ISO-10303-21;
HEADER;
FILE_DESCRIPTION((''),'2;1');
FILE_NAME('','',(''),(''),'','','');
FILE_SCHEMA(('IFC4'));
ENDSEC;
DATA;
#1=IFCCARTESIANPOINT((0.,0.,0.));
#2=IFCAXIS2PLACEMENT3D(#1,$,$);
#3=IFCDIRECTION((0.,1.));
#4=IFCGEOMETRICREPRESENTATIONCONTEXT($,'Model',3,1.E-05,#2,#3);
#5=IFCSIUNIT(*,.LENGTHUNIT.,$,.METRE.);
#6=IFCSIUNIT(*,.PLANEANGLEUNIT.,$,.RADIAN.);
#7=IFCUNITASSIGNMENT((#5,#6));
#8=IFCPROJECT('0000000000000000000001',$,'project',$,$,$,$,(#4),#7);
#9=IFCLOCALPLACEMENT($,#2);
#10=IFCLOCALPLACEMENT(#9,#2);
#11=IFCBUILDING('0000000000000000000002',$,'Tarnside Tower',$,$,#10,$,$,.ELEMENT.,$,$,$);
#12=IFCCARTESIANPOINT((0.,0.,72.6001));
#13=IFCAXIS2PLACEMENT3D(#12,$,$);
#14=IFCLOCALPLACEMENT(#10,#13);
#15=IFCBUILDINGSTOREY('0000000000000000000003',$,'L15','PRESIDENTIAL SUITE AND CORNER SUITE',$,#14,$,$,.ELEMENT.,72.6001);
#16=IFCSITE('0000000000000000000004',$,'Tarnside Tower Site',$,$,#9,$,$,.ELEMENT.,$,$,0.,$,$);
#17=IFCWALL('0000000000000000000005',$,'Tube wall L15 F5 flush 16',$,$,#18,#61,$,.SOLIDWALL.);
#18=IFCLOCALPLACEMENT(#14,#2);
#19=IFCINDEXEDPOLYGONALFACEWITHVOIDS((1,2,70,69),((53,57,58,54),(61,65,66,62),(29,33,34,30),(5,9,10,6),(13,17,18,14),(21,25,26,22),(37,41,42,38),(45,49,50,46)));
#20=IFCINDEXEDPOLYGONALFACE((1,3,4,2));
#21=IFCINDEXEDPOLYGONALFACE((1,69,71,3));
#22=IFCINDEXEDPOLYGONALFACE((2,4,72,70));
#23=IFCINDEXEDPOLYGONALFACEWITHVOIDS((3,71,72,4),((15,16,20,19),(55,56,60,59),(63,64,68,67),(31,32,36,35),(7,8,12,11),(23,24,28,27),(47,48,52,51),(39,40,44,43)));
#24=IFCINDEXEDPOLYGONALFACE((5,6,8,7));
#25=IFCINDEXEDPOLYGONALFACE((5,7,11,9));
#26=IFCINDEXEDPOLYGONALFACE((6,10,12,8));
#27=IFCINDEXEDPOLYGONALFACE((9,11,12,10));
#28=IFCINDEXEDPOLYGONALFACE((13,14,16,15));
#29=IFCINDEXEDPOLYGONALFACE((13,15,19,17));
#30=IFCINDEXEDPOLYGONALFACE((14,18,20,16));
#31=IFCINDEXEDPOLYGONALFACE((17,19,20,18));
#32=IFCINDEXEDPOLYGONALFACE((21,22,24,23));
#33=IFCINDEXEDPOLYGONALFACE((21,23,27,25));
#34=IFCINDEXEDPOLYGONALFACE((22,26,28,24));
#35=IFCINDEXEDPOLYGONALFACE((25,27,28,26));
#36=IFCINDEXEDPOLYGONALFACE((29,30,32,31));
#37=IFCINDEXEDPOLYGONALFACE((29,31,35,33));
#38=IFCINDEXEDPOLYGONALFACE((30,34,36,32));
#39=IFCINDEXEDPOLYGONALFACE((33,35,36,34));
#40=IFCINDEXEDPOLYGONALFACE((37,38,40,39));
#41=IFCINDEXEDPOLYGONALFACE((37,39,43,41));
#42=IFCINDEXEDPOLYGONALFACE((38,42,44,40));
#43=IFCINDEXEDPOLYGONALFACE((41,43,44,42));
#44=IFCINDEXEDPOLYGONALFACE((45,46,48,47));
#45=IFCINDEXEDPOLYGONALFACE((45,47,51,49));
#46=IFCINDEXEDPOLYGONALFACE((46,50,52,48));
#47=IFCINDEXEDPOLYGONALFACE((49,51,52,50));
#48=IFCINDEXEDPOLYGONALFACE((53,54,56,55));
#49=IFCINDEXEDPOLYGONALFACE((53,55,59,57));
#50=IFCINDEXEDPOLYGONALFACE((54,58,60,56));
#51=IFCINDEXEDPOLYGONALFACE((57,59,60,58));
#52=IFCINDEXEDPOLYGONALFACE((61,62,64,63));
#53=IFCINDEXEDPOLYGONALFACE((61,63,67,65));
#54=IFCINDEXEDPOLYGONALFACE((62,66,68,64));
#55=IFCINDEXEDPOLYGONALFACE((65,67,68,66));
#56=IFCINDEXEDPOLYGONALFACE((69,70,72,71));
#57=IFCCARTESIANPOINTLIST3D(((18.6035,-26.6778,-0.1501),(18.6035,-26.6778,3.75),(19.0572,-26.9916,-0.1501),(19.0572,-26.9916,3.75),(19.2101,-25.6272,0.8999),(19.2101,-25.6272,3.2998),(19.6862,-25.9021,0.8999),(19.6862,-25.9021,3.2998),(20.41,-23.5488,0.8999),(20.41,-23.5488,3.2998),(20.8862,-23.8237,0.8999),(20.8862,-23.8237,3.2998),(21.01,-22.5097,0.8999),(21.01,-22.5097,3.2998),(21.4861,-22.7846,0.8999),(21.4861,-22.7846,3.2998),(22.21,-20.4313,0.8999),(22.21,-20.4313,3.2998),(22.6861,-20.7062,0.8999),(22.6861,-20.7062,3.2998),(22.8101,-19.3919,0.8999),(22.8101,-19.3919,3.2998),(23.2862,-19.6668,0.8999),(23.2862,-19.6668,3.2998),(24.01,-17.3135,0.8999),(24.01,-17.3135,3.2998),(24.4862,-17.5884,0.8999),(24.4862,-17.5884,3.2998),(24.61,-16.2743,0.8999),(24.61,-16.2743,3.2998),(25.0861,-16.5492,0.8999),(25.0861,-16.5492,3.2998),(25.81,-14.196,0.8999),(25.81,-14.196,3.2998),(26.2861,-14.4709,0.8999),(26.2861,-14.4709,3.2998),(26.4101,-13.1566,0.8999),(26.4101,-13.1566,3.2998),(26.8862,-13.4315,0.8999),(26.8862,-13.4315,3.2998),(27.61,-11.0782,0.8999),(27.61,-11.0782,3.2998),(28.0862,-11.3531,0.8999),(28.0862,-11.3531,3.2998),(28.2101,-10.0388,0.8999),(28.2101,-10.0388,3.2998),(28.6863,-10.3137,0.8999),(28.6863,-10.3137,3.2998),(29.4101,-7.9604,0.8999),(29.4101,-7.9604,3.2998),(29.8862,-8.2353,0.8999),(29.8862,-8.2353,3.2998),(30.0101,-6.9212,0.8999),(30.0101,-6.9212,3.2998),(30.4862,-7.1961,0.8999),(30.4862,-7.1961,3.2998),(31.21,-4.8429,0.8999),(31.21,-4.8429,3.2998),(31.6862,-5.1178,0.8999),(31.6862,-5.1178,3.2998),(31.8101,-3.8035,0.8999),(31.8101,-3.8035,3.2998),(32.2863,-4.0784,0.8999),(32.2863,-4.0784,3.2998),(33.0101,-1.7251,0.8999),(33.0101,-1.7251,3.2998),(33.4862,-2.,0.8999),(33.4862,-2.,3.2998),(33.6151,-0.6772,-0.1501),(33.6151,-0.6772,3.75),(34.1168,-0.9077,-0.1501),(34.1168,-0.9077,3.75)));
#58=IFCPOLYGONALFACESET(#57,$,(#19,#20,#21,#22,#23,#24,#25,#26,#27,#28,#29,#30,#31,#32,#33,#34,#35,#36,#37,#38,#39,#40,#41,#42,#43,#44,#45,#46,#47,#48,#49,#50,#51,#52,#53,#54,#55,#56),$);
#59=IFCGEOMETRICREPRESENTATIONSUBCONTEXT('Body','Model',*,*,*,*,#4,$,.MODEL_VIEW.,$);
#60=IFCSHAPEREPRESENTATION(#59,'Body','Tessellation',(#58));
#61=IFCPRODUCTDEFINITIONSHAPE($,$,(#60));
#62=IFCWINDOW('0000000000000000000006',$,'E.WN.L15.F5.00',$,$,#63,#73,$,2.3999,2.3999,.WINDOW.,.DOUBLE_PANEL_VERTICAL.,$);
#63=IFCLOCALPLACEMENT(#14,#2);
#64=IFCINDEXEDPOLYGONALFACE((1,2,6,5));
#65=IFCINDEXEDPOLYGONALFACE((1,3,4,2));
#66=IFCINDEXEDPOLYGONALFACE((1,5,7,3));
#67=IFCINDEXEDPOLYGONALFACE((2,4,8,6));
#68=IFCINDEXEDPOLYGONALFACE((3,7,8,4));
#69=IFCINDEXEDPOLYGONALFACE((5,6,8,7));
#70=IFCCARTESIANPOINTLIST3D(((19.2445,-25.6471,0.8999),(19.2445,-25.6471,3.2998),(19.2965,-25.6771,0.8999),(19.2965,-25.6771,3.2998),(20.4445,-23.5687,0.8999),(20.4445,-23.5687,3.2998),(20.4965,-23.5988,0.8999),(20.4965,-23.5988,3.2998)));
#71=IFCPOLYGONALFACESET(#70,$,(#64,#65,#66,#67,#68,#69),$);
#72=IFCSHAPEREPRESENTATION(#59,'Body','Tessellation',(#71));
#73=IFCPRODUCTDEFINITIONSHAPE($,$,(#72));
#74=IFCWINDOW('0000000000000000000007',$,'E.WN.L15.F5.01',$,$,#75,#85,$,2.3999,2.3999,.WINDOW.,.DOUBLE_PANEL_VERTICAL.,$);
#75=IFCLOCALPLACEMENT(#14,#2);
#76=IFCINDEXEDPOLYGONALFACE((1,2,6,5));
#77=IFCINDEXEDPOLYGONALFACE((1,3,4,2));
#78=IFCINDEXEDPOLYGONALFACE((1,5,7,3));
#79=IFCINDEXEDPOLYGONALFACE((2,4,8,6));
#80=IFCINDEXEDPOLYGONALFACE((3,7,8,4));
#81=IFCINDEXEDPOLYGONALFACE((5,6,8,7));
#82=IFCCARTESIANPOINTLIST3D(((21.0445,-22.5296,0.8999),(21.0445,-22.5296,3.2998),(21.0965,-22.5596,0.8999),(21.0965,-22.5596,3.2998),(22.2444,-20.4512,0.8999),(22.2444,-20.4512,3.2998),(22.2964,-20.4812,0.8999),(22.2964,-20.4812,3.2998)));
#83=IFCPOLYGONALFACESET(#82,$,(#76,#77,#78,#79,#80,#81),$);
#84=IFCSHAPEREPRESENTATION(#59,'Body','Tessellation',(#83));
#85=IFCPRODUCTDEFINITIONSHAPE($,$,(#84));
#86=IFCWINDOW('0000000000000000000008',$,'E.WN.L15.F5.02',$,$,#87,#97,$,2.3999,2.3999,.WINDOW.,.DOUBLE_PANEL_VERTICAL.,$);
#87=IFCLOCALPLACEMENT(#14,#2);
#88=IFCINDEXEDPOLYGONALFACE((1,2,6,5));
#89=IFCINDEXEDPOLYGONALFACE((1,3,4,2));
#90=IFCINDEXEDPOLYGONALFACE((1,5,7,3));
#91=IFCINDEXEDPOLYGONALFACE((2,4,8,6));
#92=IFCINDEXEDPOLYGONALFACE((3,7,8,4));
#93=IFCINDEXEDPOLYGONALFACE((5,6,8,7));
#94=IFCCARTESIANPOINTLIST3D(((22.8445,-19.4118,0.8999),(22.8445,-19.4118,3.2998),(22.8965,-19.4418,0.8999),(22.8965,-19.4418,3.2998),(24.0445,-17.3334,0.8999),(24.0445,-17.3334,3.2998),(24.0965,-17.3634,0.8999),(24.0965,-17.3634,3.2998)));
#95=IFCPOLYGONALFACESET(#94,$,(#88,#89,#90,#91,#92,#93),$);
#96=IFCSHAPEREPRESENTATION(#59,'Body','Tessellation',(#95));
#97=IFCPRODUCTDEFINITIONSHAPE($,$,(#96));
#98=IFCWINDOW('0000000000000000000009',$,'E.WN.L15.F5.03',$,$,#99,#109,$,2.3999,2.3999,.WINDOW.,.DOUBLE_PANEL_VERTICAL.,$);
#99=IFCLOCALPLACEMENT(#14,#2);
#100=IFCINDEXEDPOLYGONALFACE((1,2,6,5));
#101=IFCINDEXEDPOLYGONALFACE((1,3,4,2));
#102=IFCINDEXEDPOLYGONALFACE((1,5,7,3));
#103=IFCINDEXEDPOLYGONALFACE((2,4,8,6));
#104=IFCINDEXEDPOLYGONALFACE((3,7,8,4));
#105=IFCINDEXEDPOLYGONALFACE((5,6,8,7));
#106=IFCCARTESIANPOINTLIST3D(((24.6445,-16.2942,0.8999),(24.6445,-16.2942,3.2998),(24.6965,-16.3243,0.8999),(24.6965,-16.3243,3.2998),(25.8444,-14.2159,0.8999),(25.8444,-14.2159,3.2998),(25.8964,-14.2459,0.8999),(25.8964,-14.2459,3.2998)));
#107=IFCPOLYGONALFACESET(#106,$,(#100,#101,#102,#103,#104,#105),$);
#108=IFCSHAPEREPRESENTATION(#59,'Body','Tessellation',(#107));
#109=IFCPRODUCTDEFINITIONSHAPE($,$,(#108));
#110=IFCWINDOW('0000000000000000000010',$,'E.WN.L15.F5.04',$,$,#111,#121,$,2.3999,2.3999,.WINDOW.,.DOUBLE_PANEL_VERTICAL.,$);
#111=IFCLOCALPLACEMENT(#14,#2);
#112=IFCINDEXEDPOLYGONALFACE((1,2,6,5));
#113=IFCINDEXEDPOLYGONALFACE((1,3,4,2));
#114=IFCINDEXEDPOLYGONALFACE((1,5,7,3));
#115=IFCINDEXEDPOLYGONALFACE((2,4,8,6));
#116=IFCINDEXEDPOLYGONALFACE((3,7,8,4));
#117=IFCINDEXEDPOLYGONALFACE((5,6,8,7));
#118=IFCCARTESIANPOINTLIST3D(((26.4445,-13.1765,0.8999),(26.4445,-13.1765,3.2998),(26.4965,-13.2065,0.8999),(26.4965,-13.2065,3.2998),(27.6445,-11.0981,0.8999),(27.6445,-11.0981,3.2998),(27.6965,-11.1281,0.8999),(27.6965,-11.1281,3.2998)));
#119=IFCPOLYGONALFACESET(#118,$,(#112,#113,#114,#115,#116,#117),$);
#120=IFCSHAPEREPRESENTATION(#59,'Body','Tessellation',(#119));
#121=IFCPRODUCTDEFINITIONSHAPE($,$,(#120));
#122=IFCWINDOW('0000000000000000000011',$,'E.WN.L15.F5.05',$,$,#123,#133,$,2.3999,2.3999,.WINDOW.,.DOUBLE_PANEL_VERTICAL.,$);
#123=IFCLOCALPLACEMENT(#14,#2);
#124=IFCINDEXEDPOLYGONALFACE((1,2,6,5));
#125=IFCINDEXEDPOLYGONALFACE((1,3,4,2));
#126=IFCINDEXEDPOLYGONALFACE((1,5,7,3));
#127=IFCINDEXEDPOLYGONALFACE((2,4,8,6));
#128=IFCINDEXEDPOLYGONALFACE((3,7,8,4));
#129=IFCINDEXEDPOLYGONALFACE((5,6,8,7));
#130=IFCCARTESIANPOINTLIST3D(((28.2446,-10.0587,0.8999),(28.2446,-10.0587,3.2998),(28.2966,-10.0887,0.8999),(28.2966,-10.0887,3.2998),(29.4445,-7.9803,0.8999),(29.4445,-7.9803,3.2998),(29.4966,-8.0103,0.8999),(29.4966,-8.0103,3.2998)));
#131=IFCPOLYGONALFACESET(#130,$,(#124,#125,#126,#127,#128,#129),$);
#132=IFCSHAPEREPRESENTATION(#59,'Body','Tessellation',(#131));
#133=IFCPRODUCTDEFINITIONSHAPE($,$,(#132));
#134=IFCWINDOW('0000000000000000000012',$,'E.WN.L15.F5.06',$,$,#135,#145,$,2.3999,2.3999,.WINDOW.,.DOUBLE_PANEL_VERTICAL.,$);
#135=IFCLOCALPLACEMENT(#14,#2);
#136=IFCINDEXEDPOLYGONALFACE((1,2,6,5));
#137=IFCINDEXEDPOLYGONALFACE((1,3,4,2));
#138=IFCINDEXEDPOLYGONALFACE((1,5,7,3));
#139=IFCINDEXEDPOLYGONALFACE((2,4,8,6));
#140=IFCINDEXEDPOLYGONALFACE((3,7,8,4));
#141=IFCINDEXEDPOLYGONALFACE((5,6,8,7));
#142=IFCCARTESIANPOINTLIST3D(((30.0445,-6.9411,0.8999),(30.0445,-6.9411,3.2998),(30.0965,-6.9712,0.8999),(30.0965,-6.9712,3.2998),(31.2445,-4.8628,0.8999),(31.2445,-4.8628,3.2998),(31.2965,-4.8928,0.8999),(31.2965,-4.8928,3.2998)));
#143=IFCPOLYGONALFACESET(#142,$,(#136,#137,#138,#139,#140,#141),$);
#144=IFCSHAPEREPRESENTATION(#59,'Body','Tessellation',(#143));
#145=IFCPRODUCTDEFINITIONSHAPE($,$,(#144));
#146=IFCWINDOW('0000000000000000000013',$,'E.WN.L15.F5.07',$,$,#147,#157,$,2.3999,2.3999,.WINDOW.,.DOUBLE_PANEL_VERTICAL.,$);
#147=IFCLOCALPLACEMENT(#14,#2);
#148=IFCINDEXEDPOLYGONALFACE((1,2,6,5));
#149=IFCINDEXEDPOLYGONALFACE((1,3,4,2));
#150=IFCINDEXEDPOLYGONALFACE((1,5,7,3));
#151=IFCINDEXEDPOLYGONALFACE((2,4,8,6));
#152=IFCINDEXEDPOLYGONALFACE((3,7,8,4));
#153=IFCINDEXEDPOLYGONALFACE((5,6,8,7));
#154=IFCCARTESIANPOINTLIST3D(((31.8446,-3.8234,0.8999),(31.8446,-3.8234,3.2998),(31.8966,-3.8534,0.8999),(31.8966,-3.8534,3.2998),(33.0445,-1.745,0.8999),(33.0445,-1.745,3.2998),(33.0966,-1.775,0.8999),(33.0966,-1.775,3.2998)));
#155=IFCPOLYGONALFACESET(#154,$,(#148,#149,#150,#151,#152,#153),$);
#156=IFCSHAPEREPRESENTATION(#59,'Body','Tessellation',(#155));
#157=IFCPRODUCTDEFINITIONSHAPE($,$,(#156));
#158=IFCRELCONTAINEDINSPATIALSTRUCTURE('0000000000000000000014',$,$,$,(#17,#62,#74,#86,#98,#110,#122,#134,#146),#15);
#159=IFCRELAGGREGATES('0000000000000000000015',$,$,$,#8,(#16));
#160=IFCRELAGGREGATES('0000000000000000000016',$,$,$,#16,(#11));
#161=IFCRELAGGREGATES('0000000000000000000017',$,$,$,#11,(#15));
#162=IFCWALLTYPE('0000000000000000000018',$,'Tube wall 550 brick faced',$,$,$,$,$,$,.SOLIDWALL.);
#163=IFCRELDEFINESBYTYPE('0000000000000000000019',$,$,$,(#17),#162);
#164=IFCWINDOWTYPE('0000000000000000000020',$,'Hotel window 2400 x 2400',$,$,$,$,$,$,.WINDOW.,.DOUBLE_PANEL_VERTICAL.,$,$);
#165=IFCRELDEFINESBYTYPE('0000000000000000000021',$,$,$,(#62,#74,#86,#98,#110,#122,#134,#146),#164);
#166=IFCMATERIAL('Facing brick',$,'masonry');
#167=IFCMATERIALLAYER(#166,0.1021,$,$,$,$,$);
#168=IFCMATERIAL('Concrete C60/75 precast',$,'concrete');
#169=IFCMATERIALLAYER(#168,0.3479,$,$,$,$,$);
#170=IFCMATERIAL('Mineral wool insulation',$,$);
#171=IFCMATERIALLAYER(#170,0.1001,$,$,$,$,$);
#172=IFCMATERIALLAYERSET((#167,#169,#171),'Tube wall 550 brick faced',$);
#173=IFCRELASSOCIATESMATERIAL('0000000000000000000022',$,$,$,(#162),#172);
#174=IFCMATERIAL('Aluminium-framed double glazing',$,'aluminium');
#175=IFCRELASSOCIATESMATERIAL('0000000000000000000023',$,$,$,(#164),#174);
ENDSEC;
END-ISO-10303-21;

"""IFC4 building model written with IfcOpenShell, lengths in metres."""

from ifc_helpers import new_model, si_unit, direction, frame, frame_2d, origin, place, context, subcontext, project, spatial, polyline, rectangle, outline, extrude, material, layer, layer_set, type_object, element, fill, save


model = new_model("IFC4")

# Units and contexts
model_context = context("Model", 3, precision=1e-05, world=origin(), true_north=direction((0.0, 1.0)))
body_context = subcontext(model_context, "Body", "Model", "MODEL_VIEW")
ifc_project = project(units=[si_unit("LENGTHUNIT", "METRE"), si_unit("PLANEANGLEUNIT", "RADIAN")], contexts=[model_context])

# Site, building, storey
site_placement = place(None, origin())
site = spatial("IfcSite", under=ifc_project, at=site_placement, Name="Tarnside Tower Site", CompositionType="ELEMENT", RefElevation=0.0)
building_placement = place(site_placement, origin())
building = spatial("IfcBuilding", under=site, at=building_placement, Name="Tarnside Tower", CompositionType="ELEMENT")
storey_placement = place(building_placement, frame((0.0, 0.0, 72.6001)))
storey = spatial("IfcBuildingStorey", under=building, at=storey_placement, Name="L15", Description="PRESIDENTIAL SUITE AND CORNER SUITE", CompositionType="ELEMENT", Elevation=72.6001)

# Shared definitions
ifc_material_1 = material(Name="Facing brick", Category="masonry")
ifc_layer_1 = layer(ifc_material_1, 0.1021)
ifc_material_2 = material(Name="Concrete C60/75 precast", Category="concrete")
ifc_layer_2 = layer(ifc_material_2, 0.3479)
ifc_material_3 = material(Name="Mineral wool insulation")
ifc_layer_3 = layer(ifc_material_3, 0.1001)
ifc_layer_set_1 = layer_set([ifc_layer_1, ifc_layer_2, ifc_layer_3], Name="Tube wall 550 brick faced")
wall_type_1 = type_object("IfcWallType", Name="Tube wall 550 brick faced", PredefinedType="SOLIDWALL", material=ifc_layer_set_1)

# Wall, openings, windows
wall_1_placement = place(storey_placement, frame((18.8303, -26.8347, -0.1501), z_axis=(0.0, 0.0, 1.0), x_axis=(0.500004, 0.866023, 0.0)))
wall_1 = element("IfcWall", 1, at=wall_1_placement, inside=storey, type_object=wall_type_1, Name="Tube wall L15 F5 flush 16", PredefinedType="SOLIDWALL", context=body_context, shape_type="SweptSolid", body=[
    extrude(outline(polyline([(-0.0225, -0.2749), (30.0967, -0.2749), (30.0454, 0.2749), (0.0225, 0.2749), (-0.0225, -0.2749)])), origin(), (0.0, 0.0, 1.0), 3.9001),
])
opening_1_placement = place(wall_1_placement, frame((1.2356, 0.0, 1.05)))
opening_1 = element("IfcOpeningElement", 2, at=opening_1_placement, cuts=wall_1, PredefinedType="OPENING", context=body_context, shape_type="SweptSolid", body=[
    extrude(rectangle(XDim=2.3999, YDim=2.3999, at=frame_2d((1.2, 1.2))), frame((0.0, 0.2852, 0.0), z_axis=(0.0, -1.0, 0.0), x_axis=(1.0, 0.0, 0.0)), (0.0, 0.0, 1.0), 0.5701),
])
opening_2_placement = place(wall_1_placement, frame((4.8354, 0.0, 1.05)))
opening_2 = element("IfcOpeningElement", 3, at=opening_2_placement, cuts=wall_1, PredefinedType="OPENING", context=body_context, shape_type="SweptSolid", body=[
    extrude(rectangle(XDim=2.3999, YDim=2.3999, at=frame_2d((1.2, 1.2))), frame((0.0, 0.2852, 0.0), z_axis=(0.0, -1.0, 0.0), x_axis=(1.0, 0.0, 0.0)), (0.0, 0.0, 1.0), 0.5701),
])
opening_3_placement = place(wall_1_placement, frame((8.4355, 0.0, 1.05)))
opening_3 = element("IfcOpeningElement", 4, at=opening_3_placement, cuts=wall_1, PredefinedType="OPENING", context=body_context, shape_type="SweptSolid", body=[
    extrude(rectangle(XDim=2.3999, YDim=2.3999, at=frame_2d((1.2, 1.2))), frame((0.0, 0.2852, 0.0), z_axis=(0.0, -1.0, 0.0), x_axis=(1.0, 0.0, 0.0)), (0.0, 0.0, 1.0), 0.5701),
])
opening_4_placement = place(wall_1_placement, frame((12.0354, 0.0, 1.05)))
opening_4 = element("IfcOpeningElement", 5, at=opening_4_placement, cuts=wall_1, PredefinedType="OPENING", context=body_context, shape_type="SweptSolid", body=[
    extrude(rectangle(XDim=2.3999, YDim=2.3999, at=frame_2d((1.2, 1.2))), frame((0.0, 0.2852, 0.0), z_axis=(0.0, -1.0, 0.0), x_axis=(1.0, 0.0, 0.0)), (0.0, 0.0, 1.0), 0.5701),
])
opening_5_placement = place(wall_1_placement, frame((15.6355, 0.0, 1.05)))
opening_5 = element("IfcOpeningElement", 6, at=opening_5_placement, cuts=wall_1, PredefinedType="OPENING", context=body_context, shape_type="SweptSolid", body=[
    extrude(rectangle(XDim=2.3999, YDim=2.3999, at=frame_2d((1.2, 1.2))), frame((0.0, 0.2852, 0.0), z_axis=(0.0, -1.0, 0.0), x_axis=(1.0, 0.0, 0.0)), (0.0, 0.0, 1.0), 0.5701),
])
opening_6_placement = place(wall_1_placement, frame((19.2356, 0.0, 1.05)))
opening_6 = element("IfcOpeningElement", 7, at=opening_6_placement, cuts=wall_1, PredefinedType="OPENING", context=body_context, shape_type="SweptSolid", body=[
    extrude(rectangle(XDim=2.3999, YDim=2.3999, at=frame_2d((1.2, 1.2))), frame((0.0, 0.2852, 0.0), z_axis=(0.0, -1.0, 0.0), x_axis=(1.0, 0.0, 0.0)), (0.0, 0.0, 1.0), 0.5701),
])
opening_7_placement = place(wall_1_placement, frame((22.8354, 0.0, 1.05)))
opening_7 = element("IfcOpeningElement", 8, at=opening_7_placement, cuts=wall_1, PredefinedType="OPENING", context=body_context, shape_type="SweptSolid", body=[
    extrude(rectangle(XDim=2.3999, YDim=2.3999, at=frame_2d((1.2, 1.2))), frame((0.0, 0.2852, 0.0), z_axis=(0.0, -1.0, 0.0), x_axis=(1.0, 0.0, 0.0)), (0.0, 0.0, 1.0), 0.5701),
])
opening_8_placement = place(wall_1_placement, frame((26.4355, 0.0, 1.05)))
opening_8 = element("IfcOpeningElement", 9, at=opening_8_placement, cuts=wall_1, PredefinedType="OPENING", context=body_context, shape_type="SweptSolid", body=[
    extrude(rectangle(XDim=2.3999, YDim=2.3999, at=frame_2d((1.2, 1.2))), frame((0.0, 0.2852, 0.0), z_axis=(0.0, -1.0, 0.0), x_axis=(1.0, 0.0, 0.0)), (0.0, 0.0, 1.0), 0.5701),
])
ifc_material_4 = material(Name="Aluminium-framed double glazing", Category="aluminium")
window_type = type_object("IfcWindowType", Name="Hotel window 2400 x 2400", PartitioningType="DOUBLE_PANEL_VERTICAL", PredefinedType="WINDOW", material=ifc_material_4)
window_1_placement = place(opening_1_placement, frame((0.0, 0.2051, 0.0)))
window_1 = element("IfcWindow", 10, at=window_1_placement, inside=storey, type_object=window_type, Name="E.WN.L15.F5.00", OverallHeight=2.3999, OverallWidth=2.3999, PartitioningType="DOUBLE_PANEL_VERTICAL", PredefinedType="WINDOW", context=body_context, shape_type="SweptSolid", body=[
    extrude(rectangle(XDim=2.3999, YDim=2.3999, at=frame_2d((1.2, 1.2))), frame((0.0, 0.03, 0.0), z_axis=(0.0, -1.0, 0.0), x_axis=(1.0, 0.0, 0.0)), (0.0, 0.0, 1.0), 0.0601),
])
fill(opening_1, window_1)
window_2_placement = place(opening_2_placement, frame((0.0, 0.2051, 0.0)))
window_2 = element("IfcWindow", 11, at=window_2_placement, inside=storey, type_object=window_type, Name="E.WN.L15.F5.01", OverallHeight=2.3999, OverallWidth=2.3999, PartitioningType="DOUBLE_PANEL_VERTICAL", PredefinedType="WINDOW", context=body_context, shape_type="SweptSolid", body=[
    extrude(rectangle(XDim=2.3999, YDim=2.3999, at=frame_2d((1.2, 1.2))), frame((0.0, 0.03, 0.0), z_axis=(0.0, -1.0, 0.0), x_axis=(1.0, 0.0, 0.0)), (0.0, 0.0, 1.0), 0.0601),
])
fill(opening_2, window_2)
window_3_placement = place(opening_3_placement, frame((0.0, 0.2051, 0.0)))
window_3 = element("IfcWindow", 12, at=window_3_placement, inside=storey, type_object=window_type, Name="E.WN.L15.F5.02", OverallHeight=2.3999, OverallWidth=2.3999, PartitioningType="DOUBLE_PANEL_VERTICAL", PredefinedType="WINDOW", context=body_context, shape_type="SweptSolid", body=[
    extrude(rectangle(XDim=2.3999, YDim=2.3999, at=frame_2d((1.2, 1.2))), frame((0.0, 0.03, 0.0), z_axis=(0.0, -1.0, 0.0), x_axis=(1.0, 0.0, 0.0)), (0.0, 0.0, 1.0), 0.0601),
])
fill(opening_3, window_3)
window_4_placement = place(opening_4_placement, frame((0.0, 0.2051, 0.0)))
window_4 = element("IfcWindow", 13, at=window_4_placement, inside=storey, type_object=window_type, Name="E.WN.L15.F5.03", OverallHeight=2.3999, OverallWidth=2.3999, PartitioningType="DOUBLE_PANEL_VERTICAL", PredefinedType="WINDOW", context=body_context, shape_type="SweptSolid", body=[
    extrude(rectangle(XDim=2.3999, YDim=2.3999, at=frame_2d((1.2, 1.2))), frame((0.0, 0.03, 0.0), z_axis=(0.0, -1.0, 0.0), x_axis=(1.0, 0.0, 0.0)), (0.0, 0.0, 1.0), 0.0601),
])
fill(opening_4, window_4)
window_5_placement = place(opening_5_placement, frame((0.0, 0.2051, 0.0)))
window_5 = element("IfcWindow", 14, at=window_5_placement, inside=storey, type_object=window_type, Name="E.WN.L15.F5.04", OverallHeight=2.3999, OverallWidth=2.3999, PartitioningType="DOUBLE_PANEL_VERTICAL", PredefinedType="WINDOW", context=body_context, shape_type="SweptSolid", body=[
    extrude(rectangle(XDim=2.3999, YDim=2.3999, at=frame_2d((1.2, 1.2))), frame((0.0, 0.03, 0.0), z_axis=(0.0, -1.0, 0.0), x_axis=(1.0, 0.0, 0.0)), (0.0, 0.0, 1.0), 0.0601),
])
fill(opening_5, window_5)
window_6_placement = place(opening_6_placement, frame((0.0, 0.2051, 0.0)))
window_6 = element("IfcWindow", 15, at=window_6_placement, inside=storey, type_object=window_type, Name="E.WN.L15.F5.05", OverallHeight=2.3999, OverallWidth=2.3999, PartitioningType="DOUBLE_PANEL_VERTICAL", PredefinedType="WINDOW", context=body_context, shape_type="SweptSolid", body=[
    extrude(rectangle(XDim=2.3999, YDim=2.3999, at=frame_2d((1.2, 1.2))), frame((0.0, 0.03, 0.0), z_axis=(0.0, -1.0, 0.0), x_axis=(1.0, 0.0, 0.0)), (0.0, 0.0, 1.0), 0.0601),
])
fill(opening_6, window_6)
window_7_placement = place(opening_7_placement, frame((0.0, 0.2051, 0.0)))
window_7 = element("IfcWindow", 16, at=window_7_placement, inside=storey, type_object=window_type, Name="E.WN.L15.F5.06", OverallHeight=2.3999, OverallWidth=2.3999, PartitioningType="DOUBLE_PANEL_VERTICAL", PredefinedType="WINDOW", context=body_context, shape_type="SweptSolid", body=[
    extrude(rectangle(XDim=2.3999, YDim=2.3999, at=frame_2d((1.2, 1.2))), frame((0.0, 0.03, 0.0), z_axis=(0.0, -1.0, 0.0), x_axis=(1.0, 0.0, 0.0)), (0.0, 0.0, 1.0), 0.0601),
])
fill(opening_7, window_7)
window_8_placement = place(opening_8_placement, frame((0.0, 0.2051, 0.0)))
window_8 = element("IfcWindow", 17, at=window_8_placement, inside=storey, type_object=window_type, Name="E.WN.L15.F5.07", OverallHeight=2.3999, OverallWidth=2.3999, PartitioningType="DOUBLE_PANEL_VERTICAL", PredefinedType="WINDOW", context=body_context, shape_type="SweptSolid", body=[
    extrude(rectangle(XDim=2.3999, YDim=2.3999, at=frame_2d((1.2, 1.2))), frame((0.0, 0.03, 0.0), z_axis=(0.0, -1.0, 0.0), x_axis=(1.0, 0.0, 0.0)), (0.0, 0.0, 1.0), 0.0601),
])
fill(opening_8, window_8)

save(model, "model.ifc")
